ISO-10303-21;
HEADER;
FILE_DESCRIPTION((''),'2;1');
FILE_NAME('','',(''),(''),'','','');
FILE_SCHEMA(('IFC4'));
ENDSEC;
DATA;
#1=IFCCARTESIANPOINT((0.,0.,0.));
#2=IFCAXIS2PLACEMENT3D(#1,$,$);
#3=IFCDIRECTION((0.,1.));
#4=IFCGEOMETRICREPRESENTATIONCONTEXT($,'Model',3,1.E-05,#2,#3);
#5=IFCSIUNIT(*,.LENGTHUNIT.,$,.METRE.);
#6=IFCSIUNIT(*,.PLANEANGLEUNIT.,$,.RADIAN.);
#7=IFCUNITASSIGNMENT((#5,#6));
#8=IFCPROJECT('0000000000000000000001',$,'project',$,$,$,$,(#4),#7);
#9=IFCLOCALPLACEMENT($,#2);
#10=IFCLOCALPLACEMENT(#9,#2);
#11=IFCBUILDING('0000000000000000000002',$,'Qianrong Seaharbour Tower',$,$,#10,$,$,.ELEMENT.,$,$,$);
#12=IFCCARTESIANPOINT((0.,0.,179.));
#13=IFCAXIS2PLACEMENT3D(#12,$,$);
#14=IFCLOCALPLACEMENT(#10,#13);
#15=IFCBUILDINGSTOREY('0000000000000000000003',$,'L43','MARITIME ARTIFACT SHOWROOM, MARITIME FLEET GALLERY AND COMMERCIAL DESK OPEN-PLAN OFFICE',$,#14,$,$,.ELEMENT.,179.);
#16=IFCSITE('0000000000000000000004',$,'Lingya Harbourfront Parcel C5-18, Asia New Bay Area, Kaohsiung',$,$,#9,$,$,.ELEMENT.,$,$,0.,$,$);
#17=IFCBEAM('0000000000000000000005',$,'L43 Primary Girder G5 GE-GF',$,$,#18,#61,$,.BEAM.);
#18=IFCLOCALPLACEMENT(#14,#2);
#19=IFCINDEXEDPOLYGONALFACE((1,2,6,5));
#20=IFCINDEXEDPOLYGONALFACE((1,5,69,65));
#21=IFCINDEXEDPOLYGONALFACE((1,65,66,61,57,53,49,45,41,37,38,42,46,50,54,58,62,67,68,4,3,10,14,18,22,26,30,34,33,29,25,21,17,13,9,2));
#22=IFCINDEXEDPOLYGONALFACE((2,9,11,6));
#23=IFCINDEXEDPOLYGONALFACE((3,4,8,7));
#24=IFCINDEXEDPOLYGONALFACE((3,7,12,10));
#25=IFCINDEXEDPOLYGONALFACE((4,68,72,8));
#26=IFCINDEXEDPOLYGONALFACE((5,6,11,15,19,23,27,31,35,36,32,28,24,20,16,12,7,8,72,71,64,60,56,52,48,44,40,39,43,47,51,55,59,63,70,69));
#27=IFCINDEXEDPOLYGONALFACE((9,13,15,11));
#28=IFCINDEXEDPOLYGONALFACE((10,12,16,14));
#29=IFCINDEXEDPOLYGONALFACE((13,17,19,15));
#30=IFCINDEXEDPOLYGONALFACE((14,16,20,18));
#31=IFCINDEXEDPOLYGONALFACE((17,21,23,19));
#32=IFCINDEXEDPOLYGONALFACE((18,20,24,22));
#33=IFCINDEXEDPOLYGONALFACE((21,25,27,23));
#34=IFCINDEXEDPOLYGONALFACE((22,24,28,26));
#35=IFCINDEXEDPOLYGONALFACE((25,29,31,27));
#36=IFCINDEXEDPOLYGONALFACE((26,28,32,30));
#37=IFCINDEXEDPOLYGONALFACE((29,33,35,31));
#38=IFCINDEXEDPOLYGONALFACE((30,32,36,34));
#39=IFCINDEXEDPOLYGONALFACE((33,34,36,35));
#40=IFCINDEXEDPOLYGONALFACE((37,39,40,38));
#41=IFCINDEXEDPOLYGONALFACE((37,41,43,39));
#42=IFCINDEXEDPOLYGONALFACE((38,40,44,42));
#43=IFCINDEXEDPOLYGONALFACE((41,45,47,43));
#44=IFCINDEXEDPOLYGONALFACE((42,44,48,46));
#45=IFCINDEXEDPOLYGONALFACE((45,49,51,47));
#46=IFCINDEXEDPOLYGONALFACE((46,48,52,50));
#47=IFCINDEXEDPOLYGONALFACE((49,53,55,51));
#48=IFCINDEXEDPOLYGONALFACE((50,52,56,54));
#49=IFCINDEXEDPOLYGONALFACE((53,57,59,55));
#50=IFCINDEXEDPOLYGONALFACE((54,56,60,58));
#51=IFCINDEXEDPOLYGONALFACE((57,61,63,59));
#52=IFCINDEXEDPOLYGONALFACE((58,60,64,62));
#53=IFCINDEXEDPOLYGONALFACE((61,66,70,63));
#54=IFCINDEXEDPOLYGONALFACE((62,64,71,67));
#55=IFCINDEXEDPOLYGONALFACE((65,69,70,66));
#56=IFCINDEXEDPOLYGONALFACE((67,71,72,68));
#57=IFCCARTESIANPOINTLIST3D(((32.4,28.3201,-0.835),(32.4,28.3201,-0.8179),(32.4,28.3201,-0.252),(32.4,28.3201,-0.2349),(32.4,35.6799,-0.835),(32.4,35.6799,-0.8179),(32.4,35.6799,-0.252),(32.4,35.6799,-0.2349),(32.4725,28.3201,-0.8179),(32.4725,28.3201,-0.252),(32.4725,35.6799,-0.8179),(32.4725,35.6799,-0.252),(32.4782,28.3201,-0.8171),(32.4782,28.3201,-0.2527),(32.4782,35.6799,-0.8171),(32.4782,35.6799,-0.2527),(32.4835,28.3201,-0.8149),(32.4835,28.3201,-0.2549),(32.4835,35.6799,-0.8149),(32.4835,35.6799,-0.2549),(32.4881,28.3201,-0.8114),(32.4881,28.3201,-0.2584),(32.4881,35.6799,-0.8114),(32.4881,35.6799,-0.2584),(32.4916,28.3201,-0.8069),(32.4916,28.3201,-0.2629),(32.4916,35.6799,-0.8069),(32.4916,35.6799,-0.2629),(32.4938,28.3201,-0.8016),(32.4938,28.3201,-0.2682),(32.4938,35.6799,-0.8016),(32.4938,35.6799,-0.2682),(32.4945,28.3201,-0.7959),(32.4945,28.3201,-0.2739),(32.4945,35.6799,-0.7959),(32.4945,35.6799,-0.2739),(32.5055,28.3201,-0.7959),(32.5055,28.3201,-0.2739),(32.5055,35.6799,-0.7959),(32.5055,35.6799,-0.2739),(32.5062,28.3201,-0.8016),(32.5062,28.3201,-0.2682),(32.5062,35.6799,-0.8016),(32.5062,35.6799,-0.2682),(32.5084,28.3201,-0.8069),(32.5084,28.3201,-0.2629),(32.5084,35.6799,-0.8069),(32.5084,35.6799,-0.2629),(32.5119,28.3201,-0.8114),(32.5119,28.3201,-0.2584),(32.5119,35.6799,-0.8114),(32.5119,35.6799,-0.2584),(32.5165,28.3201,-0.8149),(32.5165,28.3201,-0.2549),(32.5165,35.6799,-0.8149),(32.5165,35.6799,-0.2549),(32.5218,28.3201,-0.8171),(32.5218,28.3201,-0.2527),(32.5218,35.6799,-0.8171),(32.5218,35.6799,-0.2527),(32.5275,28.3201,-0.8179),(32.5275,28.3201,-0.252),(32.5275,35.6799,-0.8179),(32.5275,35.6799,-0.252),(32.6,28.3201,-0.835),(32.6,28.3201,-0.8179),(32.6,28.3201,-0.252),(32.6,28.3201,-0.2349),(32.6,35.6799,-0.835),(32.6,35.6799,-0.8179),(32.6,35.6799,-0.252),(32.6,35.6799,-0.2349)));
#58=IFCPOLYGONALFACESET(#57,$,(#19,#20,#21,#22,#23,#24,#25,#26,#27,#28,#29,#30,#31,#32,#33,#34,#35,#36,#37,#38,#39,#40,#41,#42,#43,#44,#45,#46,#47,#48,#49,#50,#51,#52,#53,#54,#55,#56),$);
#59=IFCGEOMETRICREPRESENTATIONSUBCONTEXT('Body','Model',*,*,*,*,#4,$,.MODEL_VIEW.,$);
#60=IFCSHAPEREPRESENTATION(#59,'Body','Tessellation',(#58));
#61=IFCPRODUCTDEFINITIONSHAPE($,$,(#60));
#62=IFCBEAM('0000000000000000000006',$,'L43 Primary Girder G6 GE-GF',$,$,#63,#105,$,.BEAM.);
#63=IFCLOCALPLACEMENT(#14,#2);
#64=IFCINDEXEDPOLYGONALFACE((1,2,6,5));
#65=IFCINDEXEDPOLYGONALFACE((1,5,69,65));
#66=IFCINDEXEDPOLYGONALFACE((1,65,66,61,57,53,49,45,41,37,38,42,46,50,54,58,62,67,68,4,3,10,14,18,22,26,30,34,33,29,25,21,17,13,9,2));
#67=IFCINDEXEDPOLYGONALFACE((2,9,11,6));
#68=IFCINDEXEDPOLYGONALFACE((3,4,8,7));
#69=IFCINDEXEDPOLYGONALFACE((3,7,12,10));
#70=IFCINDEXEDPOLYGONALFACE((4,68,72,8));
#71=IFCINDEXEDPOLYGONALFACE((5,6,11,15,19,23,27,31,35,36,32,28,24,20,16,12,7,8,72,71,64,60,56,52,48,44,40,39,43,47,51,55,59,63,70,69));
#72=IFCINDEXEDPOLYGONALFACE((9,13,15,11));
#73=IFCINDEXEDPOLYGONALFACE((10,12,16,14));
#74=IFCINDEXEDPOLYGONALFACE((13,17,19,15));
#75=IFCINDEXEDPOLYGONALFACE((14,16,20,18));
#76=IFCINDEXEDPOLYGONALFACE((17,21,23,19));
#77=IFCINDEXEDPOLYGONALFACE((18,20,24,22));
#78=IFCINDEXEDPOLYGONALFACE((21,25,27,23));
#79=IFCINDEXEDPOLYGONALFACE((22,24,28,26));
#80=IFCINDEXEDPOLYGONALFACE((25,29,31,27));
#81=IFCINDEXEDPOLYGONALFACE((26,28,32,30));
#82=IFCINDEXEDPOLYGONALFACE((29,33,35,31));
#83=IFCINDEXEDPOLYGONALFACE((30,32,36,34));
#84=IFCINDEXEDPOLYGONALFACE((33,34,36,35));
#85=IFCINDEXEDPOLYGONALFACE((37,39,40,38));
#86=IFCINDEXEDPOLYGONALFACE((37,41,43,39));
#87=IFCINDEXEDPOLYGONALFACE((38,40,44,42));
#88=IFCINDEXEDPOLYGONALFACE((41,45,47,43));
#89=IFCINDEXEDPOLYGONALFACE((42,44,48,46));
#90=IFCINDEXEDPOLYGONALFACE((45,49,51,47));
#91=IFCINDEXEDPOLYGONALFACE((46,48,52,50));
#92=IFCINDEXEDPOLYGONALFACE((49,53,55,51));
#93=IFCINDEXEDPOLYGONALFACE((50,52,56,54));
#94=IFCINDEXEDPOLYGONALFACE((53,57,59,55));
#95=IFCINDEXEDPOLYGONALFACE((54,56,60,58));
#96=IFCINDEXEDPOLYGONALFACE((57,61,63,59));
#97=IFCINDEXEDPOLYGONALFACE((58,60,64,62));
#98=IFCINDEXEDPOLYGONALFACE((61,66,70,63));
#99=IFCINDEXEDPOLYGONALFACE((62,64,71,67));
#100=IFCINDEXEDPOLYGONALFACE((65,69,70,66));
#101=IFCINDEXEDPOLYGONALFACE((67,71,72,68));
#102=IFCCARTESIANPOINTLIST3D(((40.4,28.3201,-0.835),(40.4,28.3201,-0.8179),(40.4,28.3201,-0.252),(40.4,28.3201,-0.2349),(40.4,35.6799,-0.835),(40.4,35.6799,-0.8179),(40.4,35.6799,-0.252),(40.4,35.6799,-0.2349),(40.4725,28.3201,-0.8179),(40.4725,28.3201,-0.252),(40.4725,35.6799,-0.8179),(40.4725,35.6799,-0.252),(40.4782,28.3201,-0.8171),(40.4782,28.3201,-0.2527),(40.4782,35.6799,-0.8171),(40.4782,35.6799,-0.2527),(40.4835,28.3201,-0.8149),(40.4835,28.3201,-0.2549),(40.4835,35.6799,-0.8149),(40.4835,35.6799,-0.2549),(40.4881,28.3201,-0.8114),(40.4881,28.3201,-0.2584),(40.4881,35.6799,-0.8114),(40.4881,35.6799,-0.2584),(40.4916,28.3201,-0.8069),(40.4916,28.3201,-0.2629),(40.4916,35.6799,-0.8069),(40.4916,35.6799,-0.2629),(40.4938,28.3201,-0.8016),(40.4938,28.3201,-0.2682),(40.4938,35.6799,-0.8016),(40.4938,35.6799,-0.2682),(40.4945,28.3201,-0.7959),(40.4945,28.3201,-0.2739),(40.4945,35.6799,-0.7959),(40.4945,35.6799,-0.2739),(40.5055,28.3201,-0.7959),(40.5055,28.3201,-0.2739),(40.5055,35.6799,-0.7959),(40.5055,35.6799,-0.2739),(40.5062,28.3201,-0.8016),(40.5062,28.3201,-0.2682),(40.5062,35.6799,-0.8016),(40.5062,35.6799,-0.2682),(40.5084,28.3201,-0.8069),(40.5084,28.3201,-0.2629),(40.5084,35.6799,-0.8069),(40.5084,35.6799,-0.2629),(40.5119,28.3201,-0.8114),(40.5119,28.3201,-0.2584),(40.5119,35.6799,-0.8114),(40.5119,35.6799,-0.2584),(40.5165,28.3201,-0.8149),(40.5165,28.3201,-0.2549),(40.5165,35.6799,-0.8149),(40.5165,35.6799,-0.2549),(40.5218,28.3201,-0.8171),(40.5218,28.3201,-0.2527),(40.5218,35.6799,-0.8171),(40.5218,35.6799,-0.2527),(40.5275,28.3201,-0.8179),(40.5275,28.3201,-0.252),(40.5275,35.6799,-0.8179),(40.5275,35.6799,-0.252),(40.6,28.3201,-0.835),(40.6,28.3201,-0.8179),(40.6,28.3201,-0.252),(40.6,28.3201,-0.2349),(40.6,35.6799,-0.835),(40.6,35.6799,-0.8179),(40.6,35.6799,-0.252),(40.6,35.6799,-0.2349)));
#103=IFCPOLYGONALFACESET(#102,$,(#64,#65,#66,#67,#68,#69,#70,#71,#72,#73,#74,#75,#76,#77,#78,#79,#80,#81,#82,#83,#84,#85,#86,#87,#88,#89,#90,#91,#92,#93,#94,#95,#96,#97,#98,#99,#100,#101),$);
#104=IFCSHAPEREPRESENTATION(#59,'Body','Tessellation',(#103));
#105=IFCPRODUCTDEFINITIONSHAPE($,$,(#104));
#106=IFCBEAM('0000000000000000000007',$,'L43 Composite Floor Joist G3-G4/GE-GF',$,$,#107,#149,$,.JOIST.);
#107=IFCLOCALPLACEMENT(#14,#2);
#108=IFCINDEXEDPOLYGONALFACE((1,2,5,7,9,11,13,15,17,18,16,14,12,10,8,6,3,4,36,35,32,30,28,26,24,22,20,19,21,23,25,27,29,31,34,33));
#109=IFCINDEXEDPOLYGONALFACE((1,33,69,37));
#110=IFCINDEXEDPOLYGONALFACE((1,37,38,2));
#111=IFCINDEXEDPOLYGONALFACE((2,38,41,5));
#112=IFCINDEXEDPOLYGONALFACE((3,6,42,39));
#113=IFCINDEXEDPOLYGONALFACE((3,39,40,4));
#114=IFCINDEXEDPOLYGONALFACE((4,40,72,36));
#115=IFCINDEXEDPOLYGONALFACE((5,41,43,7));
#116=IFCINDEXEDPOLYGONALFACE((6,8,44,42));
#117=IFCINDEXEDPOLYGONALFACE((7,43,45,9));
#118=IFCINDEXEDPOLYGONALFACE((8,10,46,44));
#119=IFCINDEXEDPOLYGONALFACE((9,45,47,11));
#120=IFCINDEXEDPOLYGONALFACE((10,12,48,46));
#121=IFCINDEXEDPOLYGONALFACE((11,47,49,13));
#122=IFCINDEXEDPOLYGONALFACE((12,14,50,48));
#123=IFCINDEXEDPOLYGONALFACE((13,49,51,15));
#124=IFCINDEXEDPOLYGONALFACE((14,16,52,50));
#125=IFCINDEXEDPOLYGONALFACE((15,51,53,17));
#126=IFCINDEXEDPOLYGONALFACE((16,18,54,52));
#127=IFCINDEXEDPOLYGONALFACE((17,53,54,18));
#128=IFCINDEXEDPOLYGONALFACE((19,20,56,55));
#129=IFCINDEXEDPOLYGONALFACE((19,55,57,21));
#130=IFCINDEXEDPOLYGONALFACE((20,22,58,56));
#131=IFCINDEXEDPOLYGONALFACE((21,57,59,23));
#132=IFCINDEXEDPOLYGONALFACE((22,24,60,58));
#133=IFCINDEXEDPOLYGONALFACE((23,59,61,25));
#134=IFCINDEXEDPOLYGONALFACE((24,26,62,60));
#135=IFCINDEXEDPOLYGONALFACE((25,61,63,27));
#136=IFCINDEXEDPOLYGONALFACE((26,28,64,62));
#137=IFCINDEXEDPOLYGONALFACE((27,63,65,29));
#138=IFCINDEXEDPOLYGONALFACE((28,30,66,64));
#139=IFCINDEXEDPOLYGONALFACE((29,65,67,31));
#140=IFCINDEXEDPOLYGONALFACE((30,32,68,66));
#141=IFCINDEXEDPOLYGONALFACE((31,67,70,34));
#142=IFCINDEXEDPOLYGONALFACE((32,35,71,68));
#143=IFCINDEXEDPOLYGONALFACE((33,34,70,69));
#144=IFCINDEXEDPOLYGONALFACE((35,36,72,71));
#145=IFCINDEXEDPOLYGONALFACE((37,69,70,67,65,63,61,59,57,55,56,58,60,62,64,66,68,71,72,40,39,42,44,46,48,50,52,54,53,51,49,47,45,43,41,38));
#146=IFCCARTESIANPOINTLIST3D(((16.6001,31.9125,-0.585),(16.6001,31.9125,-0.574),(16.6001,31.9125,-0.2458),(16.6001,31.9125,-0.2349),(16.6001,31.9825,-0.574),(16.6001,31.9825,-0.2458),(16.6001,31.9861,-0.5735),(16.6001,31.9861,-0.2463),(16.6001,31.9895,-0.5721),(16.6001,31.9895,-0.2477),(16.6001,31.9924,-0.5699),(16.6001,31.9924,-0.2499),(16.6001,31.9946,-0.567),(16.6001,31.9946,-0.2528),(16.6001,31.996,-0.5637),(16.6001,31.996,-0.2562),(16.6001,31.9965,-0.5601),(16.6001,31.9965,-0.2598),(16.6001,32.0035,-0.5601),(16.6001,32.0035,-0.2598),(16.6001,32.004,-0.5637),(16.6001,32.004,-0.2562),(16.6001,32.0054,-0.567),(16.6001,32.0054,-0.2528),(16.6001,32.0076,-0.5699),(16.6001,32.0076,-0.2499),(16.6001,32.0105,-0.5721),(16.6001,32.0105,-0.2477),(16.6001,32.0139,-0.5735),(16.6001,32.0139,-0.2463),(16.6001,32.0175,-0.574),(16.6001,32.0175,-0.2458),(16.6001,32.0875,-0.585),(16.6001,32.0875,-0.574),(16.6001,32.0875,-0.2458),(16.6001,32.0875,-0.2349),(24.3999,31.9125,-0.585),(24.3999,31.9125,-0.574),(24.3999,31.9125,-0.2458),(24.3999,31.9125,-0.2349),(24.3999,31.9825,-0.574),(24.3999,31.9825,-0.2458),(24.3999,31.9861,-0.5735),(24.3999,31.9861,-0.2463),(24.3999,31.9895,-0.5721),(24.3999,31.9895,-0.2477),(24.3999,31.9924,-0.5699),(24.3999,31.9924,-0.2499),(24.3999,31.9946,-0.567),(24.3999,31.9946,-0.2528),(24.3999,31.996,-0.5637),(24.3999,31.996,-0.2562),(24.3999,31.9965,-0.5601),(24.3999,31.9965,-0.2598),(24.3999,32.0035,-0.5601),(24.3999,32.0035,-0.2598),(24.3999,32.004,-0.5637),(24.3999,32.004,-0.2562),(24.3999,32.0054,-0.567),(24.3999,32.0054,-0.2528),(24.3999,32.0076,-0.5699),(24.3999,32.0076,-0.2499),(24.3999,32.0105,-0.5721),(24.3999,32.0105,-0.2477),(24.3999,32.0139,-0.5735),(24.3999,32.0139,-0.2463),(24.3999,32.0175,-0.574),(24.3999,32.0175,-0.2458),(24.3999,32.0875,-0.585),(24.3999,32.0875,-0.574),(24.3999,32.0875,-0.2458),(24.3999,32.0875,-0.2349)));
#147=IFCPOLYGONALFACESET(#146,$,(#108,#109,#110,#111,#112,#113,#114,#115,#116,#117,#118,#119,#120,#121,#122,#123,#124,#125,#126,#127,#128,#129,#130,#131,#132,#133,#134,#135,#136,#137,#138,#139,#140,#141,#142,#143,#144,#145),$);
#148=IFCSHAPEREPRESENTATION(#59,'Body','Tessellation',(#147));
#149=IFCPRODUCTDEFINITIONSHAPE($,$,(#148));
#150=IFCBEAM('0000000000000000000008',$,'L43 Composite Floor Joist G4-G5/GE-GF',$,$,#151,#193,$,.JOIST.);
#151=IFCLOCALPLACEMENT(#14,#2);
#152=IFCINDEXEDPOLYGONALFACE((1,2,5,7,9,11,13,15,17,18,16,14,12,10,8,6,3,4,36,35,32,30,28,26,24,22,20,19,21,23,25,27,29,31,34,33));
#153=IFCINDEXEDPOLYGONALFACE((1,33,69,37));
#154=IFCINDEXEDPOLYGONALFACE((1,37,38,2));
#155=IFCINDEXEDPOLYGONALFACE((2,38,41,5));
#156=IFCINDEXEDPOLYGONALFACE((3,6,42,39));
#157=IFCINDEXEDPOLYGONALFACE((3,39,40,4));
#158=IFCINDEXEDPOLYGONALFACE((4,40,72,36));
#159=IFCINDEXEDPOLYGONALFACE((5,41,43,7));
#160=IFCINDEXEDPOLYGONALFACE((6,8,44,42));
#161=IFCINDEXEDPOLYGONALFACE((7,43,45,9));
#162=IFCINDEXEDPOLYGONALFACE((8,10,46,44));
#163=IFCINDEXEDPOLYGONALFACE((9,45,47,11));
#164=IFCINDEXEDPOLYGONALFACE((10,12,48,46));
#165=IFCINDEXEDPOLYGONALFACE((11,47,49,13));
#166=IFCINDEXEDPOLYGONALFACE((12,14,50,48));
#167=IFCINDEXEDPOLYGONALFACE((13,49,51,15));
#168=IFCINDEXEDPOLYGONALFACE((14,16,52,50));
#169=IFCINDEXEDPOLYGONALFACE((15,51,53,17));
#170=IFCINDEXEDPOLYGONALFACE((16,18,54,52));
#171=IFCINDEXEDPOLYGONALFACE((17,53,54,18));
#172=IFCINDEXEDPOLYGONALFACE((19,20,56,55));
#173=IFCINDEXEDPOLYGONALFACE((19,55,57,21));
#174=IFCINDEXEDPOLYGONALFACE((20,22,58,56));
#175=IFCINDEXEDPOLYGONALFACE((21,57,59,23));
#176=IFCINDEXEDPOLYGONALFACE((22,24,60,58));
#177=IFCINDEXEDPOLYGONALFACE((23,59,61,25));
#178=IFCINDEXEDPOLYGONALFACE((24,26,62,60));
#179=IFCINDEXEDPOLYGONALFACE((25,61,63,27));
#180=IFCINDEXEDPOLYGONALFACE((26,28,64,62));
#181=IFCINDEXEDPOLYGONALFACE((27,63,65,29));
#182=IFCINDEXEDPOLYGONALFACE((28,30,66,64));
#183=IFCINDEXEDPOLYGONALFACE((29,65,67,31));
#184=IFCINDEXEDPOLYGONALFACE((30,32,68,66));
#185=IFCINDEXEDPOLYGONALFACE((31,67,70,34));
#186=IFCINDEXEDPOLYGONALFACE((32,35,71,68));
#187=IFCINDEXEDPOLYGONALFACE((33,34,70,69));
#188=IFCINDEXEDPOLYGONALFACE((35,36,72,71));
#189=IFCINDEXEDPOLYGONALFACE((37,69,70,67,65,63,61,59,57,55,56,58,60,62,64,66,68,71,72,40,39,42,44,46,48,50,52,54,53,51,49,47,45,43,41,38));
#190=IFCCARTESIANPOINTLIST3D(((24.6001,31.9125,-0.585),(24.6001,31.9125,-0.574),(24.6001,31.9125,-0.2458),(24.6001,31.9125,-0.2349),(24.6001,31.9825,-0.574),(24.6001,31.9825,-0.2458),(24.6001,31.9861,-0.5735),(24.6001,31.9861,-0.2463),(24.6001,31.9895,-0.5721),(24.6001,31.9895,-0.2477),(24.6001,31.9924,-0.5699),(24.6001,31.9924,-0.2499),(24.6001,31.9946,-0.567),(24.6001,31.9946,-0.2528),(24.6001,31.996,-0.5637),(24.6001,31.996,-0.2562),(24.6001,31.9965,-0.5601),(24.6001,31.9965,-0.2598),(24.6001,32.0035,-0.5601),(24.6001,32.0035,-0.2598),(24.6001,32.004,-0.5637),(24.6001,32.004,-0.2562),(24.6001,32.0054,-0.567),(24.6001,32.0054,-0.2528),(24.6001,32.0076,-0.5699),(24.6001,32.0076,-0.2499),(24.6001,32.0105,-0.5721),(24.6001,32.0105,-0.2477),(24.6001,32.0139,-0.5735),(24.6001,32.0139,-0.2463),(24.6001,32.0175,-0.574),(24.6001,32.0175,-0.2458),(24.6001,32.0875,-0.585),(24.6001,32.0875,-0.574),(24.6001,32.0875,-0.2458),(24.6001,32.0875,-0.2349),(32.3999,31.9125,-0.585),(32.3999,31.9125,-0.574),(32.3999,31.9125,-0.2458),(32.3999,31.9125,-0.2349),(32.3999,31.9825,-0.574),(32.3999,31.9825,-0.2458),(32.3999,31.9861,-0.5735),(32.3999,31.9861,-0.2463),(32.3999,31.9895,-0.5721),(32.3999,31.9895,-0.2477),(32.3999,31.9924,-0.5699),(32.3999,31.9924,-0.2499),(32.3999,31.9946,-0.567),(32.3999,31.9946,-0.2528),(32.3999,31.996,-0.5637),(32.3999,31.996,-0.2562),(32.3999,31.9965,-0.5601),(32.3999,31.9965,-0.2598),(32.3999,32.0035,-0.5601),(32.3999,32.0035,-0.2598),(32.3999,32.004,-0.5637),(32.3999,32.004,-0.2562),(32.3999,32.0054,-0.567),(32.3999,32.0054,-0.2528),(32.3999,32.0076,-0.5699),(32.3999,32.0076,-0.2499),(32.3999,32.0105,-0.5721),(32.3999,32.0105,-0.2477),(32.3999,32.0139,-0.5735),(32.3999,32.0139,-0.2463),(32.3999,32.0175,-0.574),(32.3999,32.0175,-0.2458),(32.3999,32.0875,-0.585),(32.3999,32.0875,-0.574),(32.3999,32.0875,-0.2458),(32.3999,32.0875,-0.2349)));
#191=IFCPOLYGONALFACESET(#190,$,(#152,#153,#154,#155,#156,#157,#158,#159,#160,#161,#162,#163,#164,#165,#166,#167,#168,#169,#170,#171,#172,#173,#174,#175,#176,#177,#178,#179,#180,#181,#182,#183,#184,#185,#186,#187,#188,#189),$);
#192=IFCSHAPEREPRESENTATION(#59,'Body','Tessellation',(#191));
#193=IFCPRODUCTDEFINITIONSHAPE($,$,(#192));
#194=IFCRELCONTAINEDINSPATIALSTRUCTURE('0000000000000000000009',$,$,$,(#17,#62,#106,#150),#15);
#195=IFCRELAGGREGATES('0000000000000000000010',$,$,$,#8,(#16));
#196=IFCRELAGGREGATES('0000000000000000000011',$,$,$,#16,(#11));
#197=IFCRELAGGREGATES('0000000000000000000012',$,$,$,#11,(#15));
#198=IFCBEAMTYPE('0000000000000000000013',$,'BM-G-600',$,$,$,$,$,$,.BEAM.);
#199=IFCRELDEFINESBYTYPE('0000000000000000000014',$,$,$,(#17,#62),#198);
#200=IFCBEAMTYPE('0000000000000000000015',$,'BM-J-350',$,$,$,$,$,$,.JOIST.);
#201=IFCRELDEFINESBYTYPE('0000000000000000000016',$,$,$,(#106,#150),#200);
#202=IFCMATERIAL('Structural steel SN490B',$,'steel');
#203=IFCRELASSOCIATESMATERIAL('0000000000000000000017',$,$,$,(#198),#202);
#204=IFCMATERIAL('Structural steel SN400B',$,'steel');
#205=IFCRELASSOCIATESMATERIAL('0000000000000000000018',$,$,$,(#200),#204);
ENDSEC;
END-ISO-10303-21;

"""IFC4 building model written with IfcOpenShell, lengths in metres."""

from ifc_helpers import new_model, si_unit, direction, frame, origin, origin_2d, place, context, subcontext, project, spatial, i_section, extrude, material, material_profile, profile_set, type_object, element, save


model = new_model("IFC4")

# Units and contexts
model_context = context("Model", 3, precision=1e-05, world=origin(), true_north=direction((0.0, 1.0)))
body_context = subcontext(model_context, "Body", "Model", "MODEL_VIEW")
ifc_project = project(units=[si_unit("LENGTHUNIT", "METRE"), si_unit("PLANEANGLEUNIT", "RADIAN")], contexts=[model_context])

# Site, building, storey
site_placement = place(None, origin())
site = spatial("IfcSite", under=ifc_project, at=site_placement, Name="Lingya Harbourfront Parcel C5-18, Asia New Bay Area, Kaohsiung", CompositionType="ELEMENT", RefElevation=0.0)
building_placement = place(site_placement, origin())
building = spatial("IfcBuilding", under=site, at=building_placement, Name="Qianrong Seaharbour Tower", CompositionType="ELEMENT")
storey_placement = place(building_placement, frame((0.0, 0.0, 179.0)))
storey = spatial("IfcBuildingStorey", under=building, at=storey_placement, Name="L43", Description="MARITIME ARTIFACT SHOWROOM, MARITIME FLEET GALLERY AND COMMERCIAL DESK OPEN-PLAN OFFICE", CompositionType="ELEMENT", Elevation=179.0)

# Beams
ifc_material_1 = material(Name="Structural steel SN490B", Category="steel")
ifc_material_profile_1 = material_profile(ifc_material_1, i_section(OverallWidth=0.2, OverallDepth=0.6001, WebThickness=0.011, FlangeThickness=0.0171, FilletRadius=0.022, at=origin_2d()), Name="H600x200x11x17")
ifc_profile_set_1 = profile_set([ifc_material_profile_1], Name="Structural steel SN490B")
beam_type_1 = type_object("IfcBeamType", Name="BM-G-600", PredefinedType="BEAM", material=ifc_profile_set_1)
for number, where, z_axis, x_axis, name in (
    (1, (32.5, 28.3201, -0.5349), (0.0, 1.0, 0.0), (-1.0, 0.0, 0.0), "L43 Primary Girder G5 GE-GF"),
    (2, (40.5, 28.3201, -0.5349), (0.0, 1.0, 0.0), (-1.0, 0.0, 0.0), "L43 Primary Girder G6 GE-GF"),
):
    element("IfcBeam", number, at=place(storey_placement, frame(where, z_axis=z_axis, x_axis=x_axis)), inside=storey, type_object=beam_type_1, Name=name, PredefinedType="BEAM", context=body_context, shape_type="SweptSolid", body=[
        extrude(i_section(OverallWidth=0.2, OverallDepth=0.6001, WebThickness=0.011, FlangeThickness=0.0171, FilletRadius=0.022, at=origin_2d()), origin(), (0.0, 0.0, 1.0), 7.3599),
    ])
ifc_material_2 = material(Name="Structural steel SN400B", Category="steel")
ifc_material_profile_2 = material_profile(ifc_material_2, i_section(OverallWidth=0.175, OverallDepth=0.3501, WebThickness=0.0071, FlangeThickness=0.011, FilletRadius=0.0139, at=origin_2d()), Name="H350x175x7x11")
ifc_profile_set_2 = profile_set([ifc_material_profile_2], Name="Structural steel SN400B")
beam_type_2 = type_object("IfcBeamType", Name="BM-J-350", PredefinedType="JOIST", material=ifc_profile_set_2)
for number, where, z_axis, x_axis, name in (
    (3, (16.6001, 32.0, -0.4099), (1.0, 0.0, 0.0), (0.0, 1.0, 0.0), "L43 Composite Floor Joist G3-G4/GE-GF"),
    (4, (24.6001, 32.0, -0.4099), (1.0, 0.0, 0.0), (0.0, 1.0, 0.0), "L43 Composite Floor Joist G4-G5/GE-GF"),
):
    element("IfcBeam", number, at=place(storey_placement, frame(where, z_axis=z_axis, x_axis=x_axis)), inside=storey, type_object=beam_type_2, Name=name, PredefinedType="JOIST", context=body_context, shape_type="SweptSolid", body=[
        extrude(i_section(OverallWidth=0.175, OverallDepth=0.3501, WebThickness=0.0071, FlangeThickness=0.011, FilletRadius=0.0139, at=origin_2d()), origin(), (0.0, 0.0, 1.0), 7.7998),
    ])

save(model, "model.ifc")
